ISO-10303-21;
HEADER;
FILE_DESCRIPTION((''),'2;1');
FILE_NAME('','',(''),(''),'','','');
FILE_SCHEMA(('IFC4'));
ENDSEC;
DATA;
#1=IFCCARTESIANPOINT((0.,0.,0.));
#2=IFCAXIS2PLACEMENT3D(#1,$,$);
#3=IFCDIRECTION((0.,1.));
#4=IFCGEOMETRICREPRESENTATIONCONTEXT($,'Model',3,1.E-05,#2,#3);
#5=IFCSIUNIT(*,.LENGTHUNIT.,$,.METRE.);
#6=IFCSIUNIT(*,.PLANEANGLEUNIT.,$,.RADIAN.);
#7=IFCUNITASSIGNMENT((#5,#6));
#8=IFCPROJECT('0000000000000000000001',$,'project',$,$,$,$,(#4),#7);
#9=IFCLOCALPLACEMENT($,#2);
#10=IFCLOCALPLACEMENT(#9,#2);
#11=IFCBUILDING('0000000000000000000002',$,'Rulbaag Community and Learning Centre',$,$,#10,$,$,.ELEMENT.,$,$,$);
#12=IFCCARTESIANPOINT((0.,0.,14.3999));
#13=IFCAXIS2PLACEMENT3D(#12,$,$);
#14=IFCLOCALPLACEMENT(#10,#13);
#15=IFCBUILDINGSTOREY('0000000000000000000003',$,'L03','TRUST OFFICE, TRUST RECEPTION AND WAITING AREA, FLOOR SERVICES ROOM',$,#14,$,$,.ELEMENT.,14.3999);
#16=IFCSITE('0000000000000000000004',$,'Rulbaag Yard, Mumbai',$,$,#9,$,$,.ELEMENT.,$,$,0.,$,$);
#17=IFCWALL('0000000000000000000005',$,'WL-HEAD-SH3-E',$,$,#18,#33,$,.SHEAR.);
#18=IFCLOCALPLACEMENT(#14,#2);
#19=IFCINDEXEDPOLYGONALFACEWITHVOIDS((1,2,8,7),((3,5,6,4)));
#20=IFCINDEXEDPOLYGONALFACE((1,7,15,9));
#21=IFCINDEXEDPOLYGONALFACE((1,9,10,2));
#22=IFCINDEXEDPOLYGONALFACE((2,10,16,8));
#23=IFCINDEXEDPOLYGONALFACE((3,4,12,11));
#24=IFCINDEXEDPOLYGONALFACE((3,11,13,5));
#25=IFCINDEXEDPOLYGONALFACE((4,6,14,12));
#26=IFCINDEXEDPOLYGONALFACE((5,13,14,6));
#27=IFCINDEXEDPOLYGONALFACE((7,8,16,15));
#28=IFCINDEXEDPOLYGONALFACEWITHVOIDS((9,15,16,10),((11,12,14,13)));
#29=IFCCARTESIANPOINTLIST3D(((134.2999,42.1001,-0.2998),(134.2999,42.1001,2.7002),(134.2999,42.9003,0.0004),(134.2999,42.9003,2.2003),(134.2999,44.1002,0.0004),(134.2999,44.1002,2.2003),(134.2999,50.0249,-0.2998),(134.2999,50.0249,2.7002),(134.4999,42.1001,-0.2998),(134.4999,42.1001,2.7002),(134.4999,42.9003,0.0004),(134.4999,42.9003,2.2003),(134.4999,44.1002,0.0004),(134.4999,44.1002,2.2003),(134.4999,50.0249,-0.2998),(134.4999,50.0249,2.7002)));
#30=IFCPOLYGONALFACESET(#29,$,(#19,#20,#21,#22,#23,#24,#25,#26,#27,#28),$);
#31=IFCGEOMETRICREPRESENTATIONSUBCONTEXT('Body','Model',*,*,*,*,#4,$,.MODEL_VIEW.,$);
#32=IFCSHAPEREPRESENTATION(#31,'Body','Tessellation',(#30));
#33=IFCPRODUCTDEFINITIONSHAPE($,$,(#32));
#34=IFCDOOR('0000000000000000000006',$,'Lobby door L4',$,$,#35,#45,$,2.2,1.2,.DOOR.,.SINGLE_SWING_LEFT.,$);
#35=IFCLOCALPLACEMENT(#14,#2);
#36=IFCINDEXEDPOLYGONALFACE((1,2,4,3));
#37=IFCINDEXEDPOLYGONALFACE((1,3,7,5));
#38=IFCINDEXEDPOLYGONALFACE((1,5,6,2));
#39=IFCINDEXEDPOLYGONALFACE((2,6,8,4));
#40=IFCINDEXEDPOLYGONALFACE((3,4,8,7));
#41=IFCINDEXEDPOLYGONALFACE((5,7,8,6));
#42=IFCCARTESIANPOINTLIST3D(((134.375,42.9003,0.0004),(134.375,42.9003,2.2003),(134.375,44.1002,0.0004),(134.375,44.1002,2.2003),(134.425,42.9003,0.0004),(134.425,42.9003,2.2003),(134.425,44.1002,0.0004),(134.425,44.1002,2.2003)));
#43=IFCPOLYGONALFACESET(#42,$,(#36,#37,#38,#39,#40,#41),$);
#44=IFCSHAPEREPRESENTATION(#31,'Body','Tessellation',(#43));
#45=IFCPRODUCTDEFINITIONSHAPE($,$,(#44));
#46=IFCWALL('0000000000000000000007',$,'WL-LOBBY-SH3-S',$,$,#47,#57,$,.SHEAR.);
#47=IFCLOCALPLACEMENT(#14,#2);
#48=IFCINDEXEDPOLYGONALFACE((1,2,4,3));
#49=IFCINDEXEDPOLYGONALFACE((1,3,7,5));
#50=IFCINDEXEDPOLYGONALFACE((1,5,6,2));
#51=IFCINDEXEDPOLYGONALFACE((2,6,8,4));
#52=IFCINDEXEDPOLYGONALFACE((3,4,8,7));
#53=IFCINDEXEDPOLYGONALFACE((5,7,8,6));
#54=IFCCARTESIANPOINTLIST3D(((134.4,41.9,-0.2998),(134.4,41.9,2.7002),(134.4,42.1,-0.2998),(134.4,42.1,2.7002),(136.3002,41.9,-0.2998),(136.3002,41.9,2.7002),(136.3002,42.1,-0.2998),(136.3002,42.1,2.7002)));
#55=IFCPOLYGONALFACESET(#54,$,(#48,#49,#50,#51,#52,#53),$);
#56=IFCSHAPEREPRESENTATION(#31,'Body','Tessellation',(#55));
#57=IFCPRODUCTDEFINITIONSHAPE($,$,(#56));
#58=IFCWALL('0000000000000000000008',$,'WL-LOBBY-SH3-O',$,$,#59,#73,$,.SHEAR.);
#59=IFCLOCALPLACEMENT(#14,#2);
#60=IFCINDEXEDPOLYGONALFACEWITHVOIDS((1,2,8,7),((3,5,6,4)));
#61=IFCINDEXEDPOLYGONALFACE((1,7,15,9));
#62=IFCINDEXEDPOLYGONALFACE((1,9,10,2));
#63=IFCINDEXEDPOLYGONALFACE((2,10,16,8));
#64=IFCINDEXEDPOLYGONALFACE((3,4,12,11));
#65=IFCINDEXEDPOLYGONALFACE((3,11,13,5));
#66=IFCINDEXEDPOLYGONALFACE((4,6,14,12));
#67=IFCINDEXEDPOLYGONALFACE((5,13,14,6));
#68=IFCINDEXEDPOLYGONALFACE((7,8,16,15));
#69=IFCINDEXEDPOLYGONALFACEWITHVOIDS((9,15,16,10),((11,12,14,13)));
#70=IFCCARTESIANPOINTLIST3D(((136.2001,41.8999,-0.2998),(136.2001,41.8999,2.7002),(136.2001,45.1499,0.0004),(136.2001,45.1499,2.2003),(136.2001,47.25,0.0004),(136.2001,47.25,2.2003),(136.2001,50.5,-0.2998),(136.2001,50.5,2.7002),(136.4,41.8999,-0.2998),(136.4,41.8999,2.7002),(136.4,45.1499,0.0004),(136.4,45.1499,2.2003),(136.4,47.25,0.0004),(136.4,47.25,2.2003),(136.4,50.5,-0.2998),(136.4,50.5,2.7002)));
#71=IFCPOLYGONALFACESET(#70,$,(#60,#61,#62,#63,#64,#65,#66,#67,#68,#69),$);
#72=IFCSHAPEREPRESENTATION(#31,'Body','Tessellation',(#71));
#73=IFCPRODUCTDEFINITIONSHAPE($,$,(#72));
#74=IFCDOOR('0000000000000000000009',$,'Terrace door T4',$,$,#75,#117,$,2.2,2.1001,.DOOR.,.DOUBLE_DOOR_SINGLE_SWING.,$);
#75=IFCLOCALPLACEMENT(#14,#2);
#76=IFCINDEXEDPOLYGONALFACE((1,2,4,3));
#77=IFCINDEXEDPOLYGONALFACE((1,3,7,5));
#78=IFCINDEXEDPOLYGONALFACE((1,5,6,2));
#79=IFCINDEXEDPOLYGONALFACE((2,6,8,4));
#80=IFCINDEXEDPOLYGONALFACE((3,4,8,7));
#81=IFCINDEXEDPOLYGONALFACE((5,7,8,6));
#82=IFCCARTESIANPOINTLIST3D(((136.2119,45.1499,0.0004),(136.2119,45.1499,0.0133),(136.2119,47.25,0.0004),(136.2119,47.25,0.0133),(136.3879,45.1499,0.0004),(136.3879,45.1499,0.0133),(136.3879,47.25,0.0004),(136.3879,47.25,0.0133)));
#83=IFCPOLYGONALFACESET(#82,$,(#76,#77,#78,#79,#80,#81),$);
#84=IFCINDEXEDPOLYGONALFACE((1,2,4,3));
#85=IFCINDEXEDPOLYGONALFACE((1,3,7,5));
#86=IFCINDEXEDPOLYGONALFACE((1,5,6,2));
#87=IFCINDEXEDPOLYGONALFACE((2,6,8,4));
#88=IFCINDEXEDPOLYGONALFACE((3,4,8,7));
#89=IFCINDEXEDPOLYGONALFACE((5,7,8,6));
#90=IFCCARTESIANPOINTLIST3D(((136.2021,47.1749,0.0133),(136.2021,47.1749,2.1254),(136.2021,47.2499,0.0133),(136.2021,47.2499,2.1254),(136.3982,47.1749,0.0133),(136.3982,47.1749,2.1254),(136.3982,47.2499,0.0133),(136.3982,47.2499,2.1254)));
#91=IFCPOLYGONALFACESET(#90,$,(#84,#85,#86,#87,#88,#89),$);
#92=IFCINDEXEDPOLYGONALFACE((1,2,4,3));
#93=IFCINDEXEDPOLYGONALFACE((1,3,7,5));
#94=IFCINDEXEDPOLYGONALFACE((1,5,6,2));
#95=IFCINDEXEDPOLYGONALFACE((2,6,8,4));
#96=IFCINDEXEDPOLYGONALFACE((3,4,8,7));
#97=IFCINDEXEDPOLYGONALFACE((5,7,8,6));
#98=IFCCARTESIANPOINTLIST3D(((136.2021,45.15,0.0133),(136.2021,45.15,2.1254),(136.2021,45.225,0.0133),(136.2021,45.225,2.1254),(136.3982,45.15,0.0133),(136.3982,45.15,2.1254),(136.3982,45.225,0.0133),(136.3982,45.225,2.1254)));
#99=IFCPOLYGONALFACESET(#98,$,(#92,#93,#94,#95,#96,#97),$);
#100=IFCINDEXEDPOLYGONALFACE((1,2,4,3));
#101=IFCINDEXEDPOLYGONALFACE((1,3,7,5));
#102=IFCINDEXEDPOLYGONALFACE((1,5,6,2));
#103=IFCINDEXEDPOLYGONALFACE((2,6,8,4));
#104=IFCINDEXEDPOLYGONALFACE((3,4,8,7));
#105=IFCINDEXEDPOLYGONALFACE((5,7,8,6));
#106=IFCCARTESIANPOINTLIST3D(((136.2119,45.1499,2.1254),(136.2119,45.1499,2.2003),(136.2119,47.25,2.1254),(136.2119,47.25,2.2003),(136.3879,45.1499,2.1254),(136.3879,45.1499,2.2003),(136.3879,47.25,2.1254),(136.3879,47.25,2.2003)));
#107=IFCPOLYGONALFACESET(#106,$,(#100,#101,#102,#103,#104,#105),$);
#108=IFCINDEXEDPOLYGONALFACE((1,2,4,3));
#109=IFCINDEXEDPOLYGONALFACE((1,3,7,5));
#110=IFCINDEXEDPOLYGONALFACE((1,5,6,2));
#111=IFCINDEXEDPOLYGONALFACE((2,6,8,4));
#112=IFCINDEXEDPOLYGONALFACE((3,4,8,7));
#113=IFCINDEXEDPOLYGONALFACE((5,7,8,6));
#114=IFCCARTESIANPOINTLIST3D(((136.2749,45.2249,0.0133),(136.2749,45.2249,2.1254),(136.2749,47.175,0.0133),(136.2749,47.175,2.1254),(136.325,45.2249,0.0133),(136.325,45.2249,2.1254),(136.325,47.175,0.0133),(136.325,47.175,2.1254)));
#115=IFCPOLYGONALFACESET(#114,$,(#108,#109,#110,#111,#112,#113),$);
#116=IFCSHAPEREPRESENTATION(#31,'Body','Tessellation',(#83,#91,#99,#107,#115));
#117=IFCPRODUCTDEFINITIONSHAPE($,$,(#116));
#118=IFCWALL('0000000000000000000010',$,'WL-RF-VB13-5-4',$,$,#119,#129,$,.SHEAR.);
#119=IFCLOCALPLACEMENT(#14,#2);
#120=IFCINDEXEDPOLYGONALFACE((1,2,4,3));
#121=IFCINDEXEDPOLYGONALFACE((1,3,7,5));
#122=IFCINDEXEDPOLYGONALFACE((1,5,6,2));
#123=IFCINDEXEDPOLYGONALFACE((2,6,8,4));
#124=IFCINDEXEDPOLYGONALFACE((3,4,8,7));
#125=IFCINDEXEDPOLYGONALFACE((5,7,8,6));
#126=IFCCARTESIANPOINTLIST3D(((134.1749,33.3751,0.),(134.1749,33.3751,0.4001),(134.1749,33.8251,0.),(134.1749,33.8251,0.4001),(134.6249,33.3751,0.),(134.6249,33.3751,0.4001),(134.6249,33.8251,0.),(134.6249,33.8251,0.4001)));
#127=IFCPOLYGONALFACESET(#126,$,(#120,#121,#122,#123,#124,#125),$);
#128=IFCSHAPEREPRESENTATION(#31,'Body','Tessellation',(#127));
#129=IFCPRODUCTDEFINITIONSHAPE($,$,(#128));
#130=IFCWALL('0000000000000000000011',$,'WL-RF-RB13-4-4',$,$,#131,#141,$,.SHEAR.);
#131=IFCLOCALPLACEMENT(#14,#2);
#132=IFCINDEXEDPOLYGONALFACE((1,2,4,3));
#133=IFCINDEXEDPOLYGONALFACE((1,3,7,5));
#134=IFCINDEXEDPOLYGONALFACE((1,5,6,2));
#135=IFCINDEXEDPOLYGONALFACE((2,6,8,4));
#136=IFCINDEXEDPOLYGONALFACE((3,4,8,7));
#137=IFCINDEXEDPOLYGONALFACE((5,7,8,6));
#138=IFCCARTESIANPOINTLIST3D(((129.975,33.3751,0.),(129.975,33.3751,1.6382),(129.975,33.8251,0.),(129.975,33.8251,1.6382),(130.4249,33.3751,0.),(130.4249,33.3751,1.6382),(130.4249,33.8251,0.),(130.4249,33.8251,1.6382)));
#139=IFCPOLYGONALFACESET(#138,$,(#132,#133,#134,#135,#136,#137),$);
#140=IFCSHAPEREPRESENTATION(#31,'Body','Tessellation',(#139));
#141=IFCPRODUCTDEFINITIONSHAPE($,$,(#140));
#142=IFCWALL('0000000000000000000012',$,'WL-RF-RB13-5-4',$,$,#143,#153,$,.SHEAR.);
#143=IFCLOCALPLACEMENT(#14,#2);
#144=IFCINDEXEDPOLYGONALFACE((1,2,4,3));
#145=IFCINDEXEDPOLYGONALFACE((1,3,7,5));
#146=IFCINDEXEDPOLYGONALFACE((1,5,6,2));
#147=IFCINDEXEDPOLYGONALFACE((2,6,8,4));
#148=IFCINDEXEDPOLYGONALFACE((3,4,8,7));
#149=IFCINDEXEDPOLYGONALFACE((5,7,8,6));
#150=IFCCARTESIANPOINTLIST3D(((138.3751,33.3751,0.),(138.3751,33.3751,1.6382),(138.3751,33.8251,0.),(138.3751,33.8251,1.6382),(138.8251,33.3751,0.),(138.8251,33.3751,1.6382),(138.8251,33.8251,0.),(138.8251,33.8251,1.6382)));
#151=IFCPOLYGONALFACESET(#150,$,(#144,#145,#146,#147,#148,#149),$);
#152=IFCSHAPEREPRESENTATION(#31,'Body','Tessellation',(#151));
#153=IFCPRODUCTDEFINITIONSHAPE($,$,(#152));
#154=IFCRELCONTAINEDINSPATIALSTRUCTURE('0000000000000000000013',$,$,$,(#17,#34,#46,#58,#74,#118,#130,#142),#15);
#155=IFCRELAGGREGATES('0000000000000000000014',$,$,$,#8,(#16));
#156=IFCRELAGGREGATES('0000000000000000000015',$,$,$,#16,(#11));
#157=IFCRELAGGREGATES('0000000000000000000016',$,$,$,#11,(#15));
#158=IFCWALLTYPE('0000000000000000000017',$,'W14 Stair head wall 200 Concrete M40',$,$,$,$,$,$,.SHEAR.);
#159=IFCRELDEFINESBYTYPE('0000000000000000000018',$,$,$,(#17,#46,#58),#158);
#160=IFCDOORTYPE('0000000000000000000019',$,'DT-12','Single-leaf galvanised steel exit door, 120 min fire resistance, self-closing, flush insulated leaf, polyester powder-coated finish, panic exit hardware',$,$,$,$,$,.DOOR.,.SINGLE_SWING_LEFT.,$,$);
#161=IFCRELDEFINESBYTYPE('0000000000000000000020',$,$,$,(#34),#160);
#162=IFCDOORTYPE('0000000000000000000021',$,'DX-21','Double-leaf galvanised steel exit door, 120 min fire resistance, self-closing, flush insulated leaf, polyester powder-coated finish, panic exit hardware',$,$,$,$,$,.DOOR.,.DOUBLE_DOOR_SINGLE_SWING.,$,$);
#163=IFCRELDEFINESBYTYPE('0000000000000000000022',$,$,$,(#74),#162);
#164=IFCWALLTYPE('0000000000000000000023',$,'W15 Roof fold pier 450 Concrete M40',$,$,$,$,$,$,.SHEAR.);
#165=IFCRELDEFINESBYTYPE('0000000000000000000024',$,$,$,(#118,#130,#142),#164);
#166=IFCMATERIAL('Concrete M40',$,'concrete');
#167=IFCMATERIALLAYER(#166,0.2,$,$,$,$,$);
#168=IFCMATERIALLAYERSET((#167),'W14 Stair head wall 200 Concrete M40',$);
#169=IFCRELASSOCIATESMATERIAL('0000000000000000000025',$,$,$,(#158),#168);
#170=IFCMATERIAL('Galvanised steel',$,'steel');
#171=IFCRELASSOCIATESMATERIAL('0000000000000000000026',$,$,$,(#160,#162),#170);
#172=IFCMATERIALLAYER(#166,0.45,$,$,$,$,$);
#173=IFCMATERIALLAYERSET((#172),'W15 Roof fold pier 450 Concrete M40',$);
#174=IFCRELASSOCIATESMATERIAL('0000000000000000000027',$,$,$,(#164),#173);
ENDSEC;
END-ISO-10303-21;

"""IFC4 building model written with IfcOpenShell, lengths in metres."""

from ifc_helpers import new_model, si_unit, direction, frame, frame_2d, origin, place, context, subcontext, project, spatial, rectangle, extrude, material, layer, layer_set, type_object, element, fill, save


model = new_model("IFC4")

# Units and contexts
model_context = context("Model", 3, precision=1e-05, world=origin(), true_north=direction((0.0, 1.0)))
body_context = subcontext(model_context, "Body", "Model", "MODEL_VIEW")
ifc_project = project(units=[si_unit("LENGTHUNIT", "METRE"), si_unit("PLANEANGLEUNIT", "RADIAN")], contexts=[model_context])

# Site, building, storey
site_placement = place(None, origin())
site = spatial("IfcSite", under=ifc_project, at=site_placement, Name="Rulbaag Yard, Mumbai", CompositionType="ELEMENT", RefElevation=0.0)
building_placement = place(site_placement, origin())
building = spatial("IfcBuilding", under=site, at=building_placement, Name="Rulbaag Community and Learning Centre", CompositionType="ELEMENT")
storey_placement = place(building_placement, frame((0.0, 0.0, 14.3999)))
storey = spatial("IfcBuildingStorey", under=building, at=storey_placement, Name="L03", Description="TRUST OFFICE, TRUST RECEPTION AND WAITING AREA, FLOOR SERVICES ROOM", CompositionType="ELEMENT", Elevation=14.3999)

# Shared definitions
ifc_material_1 = material(Name="Concrete M40", Category="concrete")

# Wall, opening, door
ifc_layer_1 = layer(ifc_material_1, 0.2)
ifc_layer_set_1 = layer_set([ifc_layer_1], Name="W14 Stair head wall 200 Concrete M40")
wall_type_1 = type_object("IfcWallType", Name="W14 Stair head wall 200 Concrete M40", PredefinedType="SHEAR", material=ifc_layer_set_1)
ifc_material_2 = material(Name="Galvanised steel", Category="steel")
wall_1_placement = place(storey_placement, frame((134.3999, 42.1001, -0.2998), z_axis=(0.0, 0.0, 1.0), x_axis=(0.0, 1.0, 0.0)))
wall_1 = element("IfcWall", 1, at=wall_1_placement, inside=storey, type_object=wall_type_1, Name="WL-HEAD-SH3-E", PredefinedType="SHEAR", context=body_context, shape_type="SweptSolid", body=[
    extrude(rectangle(XDim=7.9248, YDim=0.2, at=frame_2d((3.9624, 0.0))), origin(), (0.0, 0.0, 1.0), 3.0),
])
opening_1_placement = place(wall_1_placement, frame((0.8, 0.0, 0.3)))
opening_1 = element("IfcOpeningElement", 2, at=opening_1_placement, cuts=wall_1, PredefinedType="OPENING", context=body_context, shape_type="SweptSolid", body=[
    extrude(rectangle(XDim=1.2, YDim=2.2, at=frame_2d((0.6001, 1.1001))), frame((0.0, 0.1099, 0.0), z_axis=(0.0, -1.0, 0.0), x_axis=(1.0, 0.0, 0.0)), (0.0, 0.0, 1.0), 0.22),
])
door_type_1 = type_object("IfcDoorType", Name="DT-12", Description="Single-leaf galvanised steel exit door, 120 min fire resistance, self-closing, flush insulated leaf, polyester powder-coated finish, panic exit hardware", OperationType="SINGLE_SWING_LEFT", PredefinedType="DOOR", material=ifc_material_2)
door_1_placement = place(opening_1_placement, origin())
door_1 = element("IfcDoor", 3, at=door_1_placement, inside=storey, type_object=door_type_1, Name="Lobby door L4", OperationType="SINGLE_SWING_LEFT", OverallHeight=2.2, OverallWidth=1.2, PredefinedType="DOOR", context=body_context, shape_type="SweptSolid", body=[
    extrude(rectangle(XDim=1.2, YDim=2.2, at=frame_2d((0.6001, 1.1001))), frame((0.0, 0.0249, 0.0), z_axis=(0.0, -1.0, 0.0), x_axis=(1.0, 0.0, 0.0)), (0.0, 0.0, 1.0), 0.05),
])
fill(opening_1, door_1)

# Wall
wall_2_placement = place(storey_placement, frame((134.3999, 42.0, -0.2998), z_axis=(0.0, 0.0, 1.0), x_axis=(1.0, 0.0, 0.0)))
element("IfcWall", 4, at=wall_2_placement, inside=storey, type_object=wall_type_1, Name="WL-LOBBY-SH3-S", PredefinedType="SHEAR", context=body_context, shape_type="SweptSolid", body=[
    extrude(rectangle(XDim=1.9001, YDim=0.2, at=frame_2d((0.9502, 0.0))), origin(), (0.0, 0.0, 1.0), 3.0),
])

# Wall, opening, door
wall_3_placement = place(storey_placement, frame((136.3, 41.8999, -0.2998), z_axis=(0.0, 0.0, 1.0), x_axis=(0.0, 1.0, 0.0)))
wall_3 = element("IfcWall", 5, at=wall_3_placement, inside=storey, type_object=wall_type_1, Name="WL-LOBBY-SH3-O", PredefinedType="SHEAR", context=body_context, shape_type="SweptSolid", body=[
    extrude(rectangle(XDim=8.6001, YDim=0.2, at=frame_2d((4.3, 0.0))), origin(), (0.0, 0.0, 1.0), 3.0),
])
opening_2_placement = place(wall_3_placement, frame((5.3501, 0.0, 0.3), z_axis=(0.0, 0.0, 1.0), x_axis=(-1.0, 0.0, 0.0)))
opening_2 = element("IfcOpeningElement", 6, at=opening_2_placement, cuts=wall_3, PredefinedType="OPENING", context=body_context, shape_type="SweptSolid", body=[
    extrude(rectangle(XDim=2.1001, YDim=2.2, at=frame_2d((1.05, 1.1001))), frame((0.0, 0.1099, 0.0), z_axis=(0.0, -1.0, 0.0), x_axis=(1.0, 0.0, 0.0)), (0.0, 0.0, 1.0), 0.22),
])
door_type_2 = type_object("IfcDoorType", Name="DX-21", Description="Double-leaf galvanised steel exit door, 120 min fire resistance, self-closing, flush insulated leaf, polyester powder-coated finish, panic exit hardware", OperationType="DOUBLE_DOOR_SINGLE_SWING", PredefinedType="DOOR", material=ifc_material_2)
door_2_placement = place(opening_2_placement, origin())
door_2 = element("IfcDoor", 7, at=door_2_placement, inside=storey, type_object=door_type_2, Name="Terrace door T4", OperationType="DOUBLE_DOOR_SINGLE_SWING", OverallHeight=2.2, OverallWidth=2.1001, PredefinedType="DOOR", context=body_context, shape_type="SweptSolid", body=[
    extrude(rectangle(XDim=2.1001, YDim=0.0129, at=frame_2d((1.05, 0.0066))), frame((0.0, 0.0879, 0.0), z_axis=(0.0, -1.0, 0.0), x_axis=(1.0, 0.0, 0.0)), (0.0, 0.0, 1.0), 0.176),
    extrude(rectangle(XDim=0.075, YDim=2.1121, at=frame_2d((0.0376, 1.0691))), frame((0.0, 0.0981, 0.0), z_axis=(0.0, -1.0, 0.0), x_axis=(1.0, 0.0, 0.0)), (0.0, 0.0, 1.0), 0.196),
    extrude(rectangle(XDim=0.075, YDim=2.1121, at=frame_2d((2.0625, 1.0691))), frame((0.0, 0.0981, 0.0), z_axis=(0.0, -1.0, 0.0), x_axis=(1.0, 0.0, 0.0)), (0.0, 0.0, 1.0), 0.196),
    extrude(rectangle(XDim=2.1001, YDim=0.075, at=frame_2d((1.05, 2.1626))), frame((0.0, 0.0879, 0.0), z_axis=(0.0, -1.0, 0.0), x_axis=(1.0, 0.0, 0.0)), (0.0, 0.0, 1.0), 0.176),
    extrude(rectangle(XDim=1.9502, YDim=2.1121, at=frame_2d((1.05, 1.0691))), frame((0.0, 0.0249, 0.0), z_axis=(0.0, -1.0, 0.0), x_axis=(1.0, 0.0, 0.0)), (0.0, 0.0, 1.0), 0.05),
])
fill(opening_2, door_2)

# Walls
ifc_layer_2 = layer(ifc_material_1, 0.45)
ifc_layer_set_2 = layer_set([ifc_layer_2], Name="W15 Roof fold pier 450 Concrete M40")
wall_type_2 = type_object("IfcWallType", Name="W15 Roof fold pier 450 Concrete M40", PredefinedType="SHEAR", material=ifc_layer_set_2)
wall_4_placement = place(storey_placement, frame((134.3999, 33.375, 0.0), z_axis=(0.0, 0.0, 1.0), x_axis=(0.0, 1.0, 0.0)))
element("IfcWall", 8, at=wall_4_placement, inside=storey, type_object=wall_type_2, Name="WL-RF-VB13-5-4", PredefinedType="SHEAR", context=body_context, shape_type="SweptSolid", body=[
    extrude(rectangle(XDim=0.45, YDim=0.45, at=frame_2d((0.2251, 0.0))), origin(), (0.0, 0.0, 1.0), 0.4001),
])
for number, where, z_axis, x_axis, name in (
    (9, (130.2, 33.375, 0.0), (0.0, 0.0, 1.0), (0.0, 1.0, 0.0), "WL-RF-RB13-4-4"),
    (10, (138.6001, 33.375, 0.0), (0.0, 0.0, 1.0), (0.0, 1.0, 0.0), "WL-RF-RB13-5-4"),
):
    element("IfcWall", number, at=place(storey_placement, frame(where, z_axis=z_axis, x_axis=x_axis)), inside=storey, type_object=wall_type_2, Name=name, PredefinedType="SHEAR", context=body_context, shape_type="SweptSolid", body=[
        extrude(rectangle(XDim=0.45, YDim=0.45, at=frame_2d((0.2251, 0.0))), origin(), (0.0, 0.0, 1.0), 1.6382),
    ])

save(model, "model.ifc")
